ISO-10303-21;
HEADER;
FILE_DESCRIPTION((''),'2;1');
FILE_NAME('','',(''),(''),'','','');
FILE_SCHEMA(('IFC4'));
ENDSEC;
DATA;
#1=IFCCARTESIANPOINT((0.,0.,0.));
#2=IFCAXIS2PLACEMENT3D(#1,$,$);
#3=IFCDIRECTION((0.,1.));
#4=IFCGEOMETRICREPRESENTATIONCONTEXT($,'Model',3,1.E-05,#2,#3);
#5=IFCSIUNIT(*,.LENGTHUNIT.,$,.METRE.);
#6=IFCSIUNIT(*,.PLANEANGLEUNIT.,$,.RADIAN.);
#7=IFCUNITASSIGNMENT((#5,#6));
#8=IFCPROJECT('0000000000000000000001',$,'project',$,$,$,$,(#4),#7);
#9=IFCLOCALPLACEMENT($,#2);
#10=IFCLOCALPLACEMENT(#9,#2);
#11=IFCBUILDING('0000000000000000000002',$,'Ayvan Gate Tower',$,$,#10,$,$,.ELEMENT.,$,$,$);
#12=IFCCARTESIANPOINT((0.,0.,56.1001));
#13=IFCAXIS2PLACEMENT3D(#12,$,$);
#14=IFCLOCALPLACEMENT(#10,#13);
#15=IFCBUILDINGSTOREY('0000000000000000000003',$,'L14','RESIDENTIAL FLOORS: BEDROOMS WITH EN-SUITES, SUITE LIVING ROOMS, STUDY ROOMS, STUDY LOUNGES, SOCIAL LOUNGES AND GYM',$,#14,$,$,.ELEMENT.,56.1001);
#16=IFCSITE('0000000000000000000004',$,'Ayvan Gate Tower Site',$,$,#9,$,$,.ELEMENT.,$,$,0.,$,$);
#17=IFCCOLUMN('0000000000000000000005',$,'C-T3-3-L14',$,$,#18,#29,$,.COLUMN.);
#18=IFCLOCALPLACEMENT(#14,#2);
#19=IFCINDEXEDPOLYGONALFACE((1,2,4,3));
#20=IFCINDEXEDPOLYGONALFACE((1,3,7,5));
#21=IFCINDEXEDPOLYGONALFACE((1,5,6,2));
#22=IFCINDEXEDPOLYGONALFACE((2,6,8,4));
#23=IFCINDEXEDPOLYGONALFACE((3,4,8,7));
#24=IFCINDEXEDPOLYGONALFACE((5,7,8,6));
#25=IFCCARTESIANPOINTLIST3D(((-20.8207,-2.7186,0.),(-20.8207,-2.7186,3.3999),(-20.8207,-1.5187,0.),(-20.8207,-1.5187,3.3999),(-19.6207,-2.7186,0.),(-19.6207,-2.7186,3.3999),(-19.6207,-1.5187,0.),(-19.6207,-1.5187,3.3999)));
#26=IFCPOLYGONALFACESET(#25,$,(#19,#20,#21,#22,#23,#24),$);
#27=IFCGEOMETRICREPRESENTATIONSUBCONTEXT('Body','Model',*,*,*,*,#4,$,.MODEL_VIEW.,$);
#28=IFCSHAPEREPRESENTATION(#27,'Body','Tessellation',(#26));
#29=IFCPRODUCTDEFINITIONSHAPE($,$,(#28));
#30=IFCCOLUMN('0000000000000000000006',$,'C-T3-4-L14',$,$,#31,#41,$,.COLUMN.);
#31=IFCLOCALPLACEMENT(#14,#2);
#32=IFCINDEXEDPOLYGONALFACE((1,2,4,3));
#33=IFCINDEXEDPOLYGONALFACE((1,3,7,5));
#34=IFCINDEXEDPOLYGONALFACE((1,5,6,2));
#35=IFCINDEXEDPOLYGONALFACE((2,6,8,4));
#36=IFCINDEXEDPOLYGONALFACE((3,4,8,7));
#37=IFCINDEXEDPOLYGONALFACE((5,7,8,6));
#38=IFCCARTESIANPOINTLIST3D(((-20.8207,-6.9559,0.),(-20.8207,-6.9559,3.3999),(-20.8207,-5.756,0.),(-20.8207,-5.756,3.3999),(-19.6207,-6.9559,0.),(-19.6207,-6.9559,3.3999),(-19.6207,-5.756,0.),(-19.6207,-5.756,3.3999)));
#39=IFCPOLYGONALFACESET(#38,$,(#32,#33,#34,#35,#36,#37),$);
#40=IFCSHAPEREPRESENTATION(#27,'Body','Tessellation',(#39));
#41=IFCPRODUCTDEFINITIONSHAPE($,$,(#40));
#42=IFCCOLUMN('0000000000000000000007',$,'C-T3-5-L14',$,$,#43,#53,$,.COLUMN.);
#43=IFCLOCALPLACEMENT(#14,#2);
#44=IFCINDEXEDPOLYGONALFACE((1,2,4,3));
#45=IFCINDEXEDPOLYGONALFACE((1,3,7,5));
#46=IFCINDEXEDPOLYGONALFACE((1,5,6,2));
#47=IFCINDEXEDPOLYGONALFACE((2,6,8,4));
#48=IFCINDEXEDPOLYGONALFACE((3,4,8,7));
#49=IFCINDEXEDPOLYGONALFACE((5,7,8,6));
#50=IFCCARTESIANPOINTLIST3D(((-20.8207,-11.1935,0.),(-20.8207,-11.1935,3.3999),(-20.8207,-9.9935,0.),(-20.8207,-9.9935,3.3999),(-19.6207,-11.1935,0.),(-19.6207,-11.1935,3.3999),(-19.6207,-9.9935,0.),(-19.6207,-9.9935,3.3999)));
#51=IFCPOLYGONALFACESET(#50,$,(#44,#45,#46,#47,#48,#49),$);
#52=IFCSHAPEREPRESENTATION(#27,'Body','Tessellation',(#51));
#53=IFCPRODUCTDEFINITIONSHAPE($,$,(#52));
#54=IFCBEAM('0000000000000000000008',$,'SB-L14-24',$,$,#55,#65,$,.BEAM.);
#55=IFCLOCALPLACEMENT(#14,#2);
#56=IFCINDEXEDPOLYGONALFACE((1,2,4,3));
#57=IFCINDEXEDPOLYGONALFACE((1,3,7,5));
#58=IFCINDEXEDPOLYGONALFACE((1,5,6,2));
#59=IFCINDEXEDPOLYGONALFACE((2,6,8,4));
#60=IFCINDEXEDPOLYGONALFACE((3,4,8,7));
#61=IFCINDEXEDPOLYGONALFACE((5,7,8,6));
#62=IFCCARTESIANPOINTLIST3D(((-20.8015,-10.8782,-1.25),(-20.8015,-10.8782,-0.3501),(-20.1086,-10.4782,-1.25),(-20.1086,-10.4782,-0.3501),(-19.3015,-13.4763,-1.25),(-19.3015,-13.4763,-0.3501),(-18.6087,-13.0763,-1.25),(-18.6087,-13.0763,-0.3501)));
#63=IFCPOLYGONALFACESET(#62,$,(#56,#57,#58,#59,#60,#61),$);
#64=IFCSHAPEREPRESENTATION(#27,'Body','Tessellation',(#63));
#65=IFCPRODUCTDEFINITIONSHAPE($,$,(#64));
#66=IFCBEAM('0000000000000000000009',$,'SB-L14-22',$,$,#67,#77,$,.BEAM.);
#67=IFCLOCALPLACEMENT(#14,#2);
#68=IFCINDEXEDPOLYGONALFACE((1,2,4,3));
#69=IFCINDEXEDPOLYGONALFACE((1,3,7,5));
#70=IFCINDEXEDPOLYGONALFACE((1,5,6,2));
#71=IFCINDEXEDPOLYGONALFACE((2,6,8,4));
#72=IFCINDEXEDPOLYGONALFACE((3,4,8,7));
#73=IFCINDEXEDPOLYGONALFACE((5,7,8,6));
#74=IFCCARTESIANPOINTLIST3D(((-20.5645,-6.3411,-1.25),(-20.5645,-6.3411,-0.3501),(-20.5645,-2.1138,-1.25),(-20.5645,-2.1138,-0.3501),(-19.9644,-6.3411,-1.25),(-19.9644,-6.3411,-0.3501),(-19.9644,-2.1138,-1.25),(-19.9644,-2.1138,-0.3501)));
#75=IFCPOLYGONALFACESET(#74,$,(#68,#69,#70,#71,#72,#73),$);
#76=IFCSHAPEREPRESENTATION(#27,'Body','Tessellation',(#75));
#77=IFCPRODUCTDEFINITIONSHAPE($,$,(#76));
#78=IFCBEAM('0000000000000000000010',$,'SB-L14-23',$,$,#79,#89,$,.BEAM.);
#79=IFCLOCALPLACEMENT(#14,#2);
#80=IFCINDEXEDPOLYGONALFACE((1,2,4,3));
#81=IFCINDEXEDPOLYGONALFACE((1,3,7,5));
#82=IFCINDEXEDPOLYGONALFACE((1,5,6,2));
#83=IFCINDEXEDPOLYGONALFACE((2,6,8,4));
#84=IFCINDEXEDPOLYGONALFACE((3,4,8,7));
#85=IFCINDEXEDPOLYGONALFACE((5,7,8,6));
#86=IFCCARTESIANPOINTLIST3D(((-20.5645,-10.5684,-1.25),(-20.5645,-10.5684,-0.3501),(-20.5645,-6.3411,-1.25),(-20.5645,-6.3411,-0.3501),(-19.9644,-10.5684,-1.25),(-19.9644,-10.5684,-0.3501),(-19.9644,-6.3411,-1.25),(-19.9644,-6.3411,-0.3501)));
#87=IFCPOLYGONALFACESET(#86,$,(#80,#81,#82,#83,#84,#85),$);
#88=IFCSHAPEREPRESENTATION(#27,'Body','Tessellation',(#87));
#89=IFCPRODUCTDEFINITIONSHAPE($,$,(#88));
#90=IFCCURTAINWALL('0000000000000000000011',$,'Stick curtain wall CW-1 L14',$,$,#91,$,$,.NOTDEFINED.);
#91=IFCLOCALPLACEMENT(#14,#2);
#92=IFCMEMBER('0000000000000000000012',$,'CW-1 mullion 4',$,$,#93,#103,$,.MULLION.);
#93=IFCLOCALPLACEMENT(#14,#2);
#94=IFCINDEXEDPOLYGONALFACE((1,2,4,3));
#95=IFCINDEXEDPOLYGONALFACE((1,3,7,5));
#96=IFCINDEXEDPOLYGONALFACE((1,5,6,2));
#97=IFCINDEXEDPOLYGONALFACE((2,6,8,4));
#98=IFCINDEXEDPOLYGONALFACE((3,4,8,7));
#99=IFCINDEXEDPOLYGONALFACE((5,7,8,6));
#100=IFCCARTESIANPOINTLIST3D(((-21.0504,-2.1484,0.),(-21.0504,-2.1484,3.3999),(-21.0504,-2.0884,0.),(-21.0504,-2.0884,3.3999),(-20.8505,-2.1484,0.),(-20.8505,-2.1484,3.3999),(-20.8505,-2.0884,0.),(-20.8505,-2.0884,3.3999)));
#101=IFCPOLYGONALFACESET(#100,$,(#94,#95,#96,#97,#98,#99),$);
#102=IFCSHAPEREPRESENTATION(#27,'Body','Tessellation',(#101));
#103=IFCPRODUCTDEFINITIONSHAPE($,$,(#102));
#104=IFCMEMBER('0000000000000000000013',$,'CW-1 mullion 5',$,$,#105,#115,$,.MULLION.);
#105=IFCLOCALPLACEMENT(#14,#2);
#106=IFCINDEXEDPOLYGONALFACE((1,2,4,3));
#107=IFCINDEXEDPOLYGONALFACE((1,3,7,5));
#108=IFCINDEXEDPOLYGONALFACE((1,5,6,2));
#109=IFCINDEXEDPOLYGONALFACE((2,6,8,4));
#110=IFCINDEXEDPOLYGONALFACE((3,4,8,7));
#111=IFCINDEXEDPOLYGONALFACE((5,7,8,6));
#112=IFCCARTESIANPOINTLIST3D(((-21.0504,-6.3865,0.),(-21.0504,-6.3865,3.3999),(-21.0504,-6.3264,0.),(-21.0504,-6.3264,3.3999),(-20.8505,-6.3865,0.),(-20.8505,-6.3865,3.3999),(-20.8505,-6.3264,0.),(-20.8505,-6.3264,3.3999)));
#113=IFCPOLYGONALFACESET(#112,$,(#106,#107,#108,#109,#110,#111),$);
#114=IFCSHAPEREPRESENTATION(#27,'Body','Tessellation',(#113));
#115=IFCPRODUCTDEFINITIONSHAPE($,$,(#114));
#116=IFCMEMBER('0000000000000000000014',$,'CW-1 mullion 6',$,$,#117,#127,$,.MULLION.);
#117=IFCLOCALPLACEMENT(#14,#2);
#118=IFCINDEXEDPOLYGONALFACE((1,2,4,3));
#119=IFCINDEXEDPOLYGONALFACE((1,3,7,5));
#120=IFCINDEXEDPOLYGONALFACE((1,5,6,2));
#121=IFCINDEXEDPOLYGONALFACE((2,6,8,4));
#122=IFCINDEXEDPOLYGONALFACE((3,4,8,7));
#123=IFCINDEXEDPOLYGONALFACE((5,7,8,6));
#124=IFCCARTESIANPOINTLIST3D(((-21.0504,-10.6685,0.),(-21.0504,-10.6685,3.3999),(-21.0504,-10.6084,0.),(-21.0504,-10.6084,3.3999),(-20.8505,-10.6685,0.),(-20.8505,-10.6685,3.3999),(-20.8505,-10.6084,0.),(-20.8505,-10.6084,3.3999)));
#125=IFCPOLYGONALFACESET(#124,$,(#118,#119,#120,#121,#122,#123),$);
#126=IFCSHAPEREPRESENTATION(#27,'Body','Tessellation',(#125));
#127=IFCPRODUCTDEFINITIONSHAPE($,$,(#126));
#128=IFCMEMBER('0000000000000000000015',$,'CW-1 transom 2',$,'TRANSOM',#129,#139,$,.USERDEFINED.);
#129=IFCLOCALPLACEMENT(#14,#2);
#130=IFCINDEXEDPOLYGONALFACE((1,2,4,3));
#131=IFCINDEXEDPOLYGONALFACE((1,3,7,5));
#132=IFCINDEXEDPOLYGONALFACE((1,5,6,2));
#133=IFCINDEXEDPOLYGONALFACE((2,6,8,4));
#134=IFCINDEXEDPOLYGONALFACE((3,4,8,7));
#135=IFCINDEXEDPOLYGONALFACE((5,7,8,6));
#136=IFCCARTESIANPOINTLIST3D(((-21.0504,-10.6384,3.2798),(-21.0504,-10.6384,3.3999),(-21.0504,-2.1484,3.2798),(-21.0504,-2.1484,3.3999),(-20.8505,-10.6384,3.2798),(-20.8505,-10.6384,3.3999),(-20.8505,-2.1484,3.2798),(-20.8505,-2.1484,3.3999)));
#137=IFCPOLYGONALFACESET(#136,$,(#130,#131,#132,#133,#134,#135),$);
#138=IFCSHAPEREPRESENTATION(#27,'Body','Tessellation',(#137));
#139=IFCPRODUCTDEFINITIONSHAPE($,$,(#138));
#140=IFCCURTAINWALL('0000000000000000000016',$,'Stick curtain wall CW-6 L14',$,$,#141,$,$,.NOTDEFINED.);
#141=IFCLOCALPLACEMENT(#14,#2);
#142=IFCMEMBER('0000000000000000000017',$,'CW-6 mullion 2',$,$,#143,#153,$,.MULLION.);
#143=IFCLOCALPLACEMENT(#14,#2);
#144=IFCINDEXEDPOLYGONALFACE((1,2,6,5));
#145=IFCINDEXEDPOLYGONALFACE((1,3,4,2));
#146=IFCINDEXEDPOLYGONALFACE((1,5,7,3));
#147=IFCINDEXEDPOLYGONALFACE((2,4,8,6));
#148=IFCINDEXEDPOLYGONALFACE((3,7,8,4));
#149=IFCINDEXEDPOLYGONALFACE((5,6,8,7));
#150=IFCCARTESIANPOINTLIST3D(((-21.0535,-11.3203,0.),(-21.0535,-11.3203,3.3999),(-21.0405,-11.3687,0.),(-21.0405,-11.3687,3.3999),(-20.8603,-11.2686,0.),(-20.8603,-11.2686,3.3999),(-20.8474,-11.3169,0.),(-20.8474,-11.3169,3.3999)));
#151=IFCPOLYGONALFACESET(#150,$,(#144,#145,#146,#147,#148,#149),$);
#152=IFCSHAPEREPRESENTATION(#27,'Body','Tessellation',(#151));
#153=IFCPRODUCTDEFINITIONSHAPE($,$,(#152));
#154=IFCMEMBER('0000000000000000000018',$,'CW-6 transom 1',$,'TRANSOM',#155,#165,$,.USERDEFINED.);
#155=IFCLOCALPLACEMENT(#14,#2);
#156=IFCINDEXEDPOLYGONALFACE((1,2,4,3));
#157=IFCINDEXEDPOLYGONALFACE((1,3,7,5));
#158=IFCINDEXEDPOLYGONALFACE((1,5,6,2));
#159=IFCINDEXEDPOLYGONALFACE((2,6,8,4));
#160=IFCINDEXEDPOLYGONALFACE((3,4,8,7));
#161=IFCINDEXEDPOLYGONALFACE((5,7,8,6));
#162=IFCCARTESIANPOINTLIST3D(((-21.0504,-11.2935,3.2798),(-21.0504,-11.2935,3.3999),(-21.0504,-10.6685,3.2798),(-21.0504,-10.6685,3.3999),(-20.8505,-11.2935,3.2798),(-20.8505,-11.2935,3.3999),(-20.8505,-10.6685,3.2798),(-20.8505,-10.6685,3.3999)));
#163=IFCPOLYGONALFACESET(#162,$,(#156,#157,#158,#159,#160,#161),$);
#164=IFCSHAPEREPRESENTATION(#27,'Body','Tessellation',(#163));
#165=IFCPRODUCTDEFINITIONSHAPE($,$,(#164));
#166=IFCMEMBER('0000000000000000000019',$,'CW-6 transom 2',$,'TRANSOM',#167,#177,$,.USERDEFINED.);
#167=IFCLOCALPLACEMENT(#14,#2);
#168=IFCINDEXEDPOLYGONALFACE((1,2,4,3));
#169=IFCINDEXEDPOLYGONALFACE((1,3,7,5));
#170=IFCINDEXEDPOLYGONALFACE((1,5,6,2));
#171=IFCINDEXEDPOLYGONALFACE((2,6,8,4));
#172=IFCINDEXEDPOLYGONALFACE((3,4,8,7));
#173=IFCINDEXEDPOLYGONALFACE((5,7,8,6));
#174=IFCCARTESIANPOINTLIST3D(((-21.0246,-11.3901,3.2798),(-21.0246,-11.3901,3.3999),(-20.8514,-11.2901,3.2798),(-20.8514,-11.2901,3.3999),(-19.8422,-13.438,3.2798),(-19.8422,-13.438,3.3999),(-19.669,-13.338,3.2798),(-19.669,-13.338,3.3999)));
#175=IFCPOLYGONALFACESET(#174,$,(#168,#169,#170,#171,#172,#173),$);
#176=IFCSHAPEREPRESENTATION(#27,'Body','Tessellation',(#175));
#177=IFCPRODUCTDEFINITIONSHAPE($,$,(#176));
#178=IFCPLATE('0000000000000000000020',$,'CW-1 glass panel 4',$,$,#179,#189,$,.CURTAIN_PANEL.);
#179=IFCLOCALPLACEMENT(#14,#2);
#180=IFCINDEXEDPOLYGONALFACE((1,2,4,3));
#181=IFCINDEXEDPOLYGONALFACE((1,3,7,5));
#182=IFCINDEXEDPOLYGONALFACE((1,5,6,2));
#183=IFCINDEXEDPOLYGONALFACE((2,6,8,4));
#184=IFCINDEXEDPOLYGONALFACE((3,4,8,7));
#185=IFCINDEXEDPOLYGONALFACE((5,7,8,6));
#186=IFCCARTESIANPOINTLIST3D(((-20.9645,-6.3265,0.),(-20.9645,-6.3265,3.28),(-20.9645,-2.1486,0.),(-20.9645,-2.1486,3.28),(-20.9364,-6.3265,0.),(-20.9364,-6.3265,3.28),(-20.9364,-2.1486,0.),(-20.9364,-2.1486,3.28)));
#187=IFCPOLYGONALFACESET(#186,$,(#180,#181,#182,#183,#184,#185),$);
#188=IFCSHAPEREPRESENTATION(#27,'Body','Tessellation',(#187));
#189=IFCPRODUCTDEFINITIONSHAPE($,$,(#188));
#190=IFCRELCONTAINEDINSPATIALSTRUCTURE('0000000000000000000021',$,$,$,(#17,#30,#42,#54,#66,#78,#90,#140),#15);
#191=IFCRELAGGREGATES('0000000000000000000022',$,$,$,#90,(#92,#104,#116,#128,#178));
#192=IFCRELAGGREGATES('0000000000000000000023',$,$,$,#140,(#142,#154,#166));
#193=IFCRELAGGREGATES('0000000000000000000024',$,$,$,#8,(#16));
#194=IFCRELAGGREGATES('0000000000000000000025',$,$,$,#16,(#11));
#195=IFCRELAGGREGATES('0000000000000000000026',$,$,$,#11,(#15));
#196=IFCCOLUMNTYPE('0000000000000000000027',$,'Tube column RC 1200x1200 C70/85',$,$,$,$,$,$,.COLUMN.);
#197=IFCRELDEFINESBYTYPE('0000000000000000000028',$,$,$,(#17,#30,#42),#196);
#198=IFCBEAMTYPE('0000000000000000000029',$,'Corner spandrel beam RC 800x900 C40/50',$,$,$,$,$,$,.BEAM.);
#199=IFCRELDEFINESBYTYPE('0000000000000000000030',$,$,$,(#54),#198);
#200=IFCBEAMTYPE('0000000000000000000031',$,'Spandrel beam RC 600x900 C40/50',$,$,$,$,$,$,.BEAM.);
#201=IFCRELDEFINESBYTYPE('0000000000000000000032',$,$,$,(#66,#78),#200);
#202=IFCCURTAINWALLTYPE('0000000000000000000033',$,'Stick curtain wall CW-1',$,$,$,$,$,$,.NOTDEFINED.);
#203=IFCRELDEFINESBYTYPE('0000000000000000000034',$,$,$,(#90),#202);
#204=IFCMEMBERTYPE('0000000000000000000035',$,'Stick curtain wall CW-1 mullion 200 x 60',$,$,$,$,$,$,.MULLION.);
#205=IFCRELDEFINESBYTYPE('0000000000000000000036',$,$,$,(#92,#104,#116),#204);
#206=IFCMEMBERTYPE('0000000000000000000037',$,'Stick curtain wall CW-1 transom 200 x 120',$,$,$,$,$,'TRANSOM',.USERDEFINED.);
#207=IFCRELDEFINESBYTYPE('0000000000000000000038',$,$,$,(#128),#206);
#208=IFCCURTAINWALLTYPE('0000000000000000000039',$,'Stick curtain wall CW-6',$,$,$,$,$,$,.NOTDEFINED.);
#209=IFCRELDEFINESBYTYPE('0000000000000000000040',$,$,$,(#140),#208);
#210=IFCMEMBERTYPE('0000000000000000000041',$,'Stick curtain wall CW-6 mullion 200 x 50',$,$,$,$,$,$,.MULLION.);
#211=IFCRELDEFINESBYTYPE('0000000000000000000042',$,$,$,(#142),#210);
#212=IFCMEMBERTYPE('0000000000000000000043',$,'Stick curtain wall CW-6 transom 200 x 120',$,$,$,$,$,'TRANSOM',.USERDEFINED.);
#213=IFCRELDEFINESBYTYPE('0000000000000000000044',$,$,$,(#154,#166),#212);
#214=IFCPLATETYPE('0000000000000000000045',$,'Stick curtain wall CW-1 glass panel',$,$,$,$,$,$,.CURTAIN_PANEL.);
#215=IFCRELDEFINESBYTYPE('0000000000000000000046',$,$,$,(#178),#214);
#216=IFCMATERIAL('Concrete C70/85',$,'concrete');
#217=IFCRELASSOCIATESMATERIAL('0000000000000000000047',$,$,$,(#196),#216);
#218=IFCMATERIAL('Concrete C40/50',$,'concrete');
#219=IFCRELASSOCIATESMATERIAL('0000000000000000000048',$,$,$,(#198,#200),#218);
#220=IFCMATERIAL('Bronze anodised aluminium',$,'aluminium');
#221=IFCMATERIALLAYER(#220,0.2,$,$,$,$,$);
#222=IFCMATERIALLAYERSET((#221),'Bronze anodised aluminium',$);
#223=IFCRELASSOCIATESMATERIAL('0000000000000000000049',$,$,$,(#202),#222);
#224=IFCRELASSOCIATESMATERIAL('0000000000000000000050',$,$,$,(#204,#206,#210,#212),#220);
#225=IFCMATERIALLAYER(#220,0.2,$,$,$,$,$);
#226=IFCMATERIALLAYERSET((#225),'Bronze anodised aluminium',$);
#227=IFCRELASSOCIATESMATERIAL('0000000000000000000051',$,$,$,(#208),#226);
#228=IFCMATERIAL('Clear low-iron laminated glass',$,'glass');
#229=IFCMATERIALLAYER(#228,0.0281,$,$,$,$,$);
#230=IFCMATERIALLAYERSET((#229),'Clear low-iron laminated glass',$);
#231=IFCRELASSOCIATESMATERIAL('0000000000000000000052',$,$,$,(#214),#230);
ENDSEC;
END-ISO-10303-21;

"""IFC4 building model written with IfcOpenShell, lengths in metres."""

from ifc_helpers import new_model, si_unit, direction, frame, origin, origin_2d, place, context, subcontext, project, spatial, rectangle, extrude, material, layer, layer_set, material_profile, profile_set, type_object, element, aggregate, save


model = new_model("IFC4")

# Units and contexts
model_context = context("Model", 3, precision=1e-05, world=origin(), true_north=direction((0.0, 1.0)))
body_context = subcontext(model_context, "Body", "Model", "MODEL_VIEW")
ifc_project = project(units=[si_unit("LENGTHUNIT", "METRE"), si_unit("PLANEANGLEUNIT", "RADIAN")], contexts=[model_context])

# Site, building, storey
site_placement = place(None, origin())
site = spatial("IfcSite", under=ifc_project, at=site_placement, Name="Ayvan Gate Tower Site", CompositionType="ELEMENT", RefElevation=0.0)
building_placement = place(site_placement, origin())
building = spatial("IfcBuilding", under=site, at=building_placement, Name="Ayvan Gate Tower", CompositionType="ELEMENT")
storey_placement = place(building_placement, frame((0.0, 0.0, 56.1001)))
storey = spatial("IfcBuildingStorey", under=building, at=storey_placement, Name="L14", Description="RESIDENTIAL FLOORS: BEDROOMS WITH EN-SUITES, SUITE LIVING ROOMS, STUDY ROOMS, STUDY LOUNGES, SOCIAL LOUNGES AND GYM", CompositionType="ELEMENT", Elevation=56.1001)

# Columns
ifc_material_1 = material(Name="Concrete C70/85", Category="concrete")
ifc_material_profile_1 = material_profile(ifc_material_1, rectangle(XDim=1.2, YDim=1.2, at=origin_2d()), Name="RC 1200x1200")
ifc_profile_set_1 = profile_set([ifc_material_profile_1], Name="Concrete C70/85")
column_type = type_object("IfcColumnType", Name="Tube column RC 1200x1200 C70/85", PredefinedType="COLUMN", material=ifc_profile_set_1)
for number, where, z_axis, x_axis, name in (
    (1, (-20.2207, -2.1187, 0.0), (0.0, 0.0, 1.0), (-1.0, 0.0, 0.0), "C-T3-3-L14"),
    (2, (-20.2207, -6.356, 0.0), (0.0, 0.0, 1.0), (-1.0, 0.0, 0.0), "C-T3-4-L14"),
    (3, (-20.2207, -10.5935, 0.0), (0.0, 0.0, 1.0), (-1.0, 0.0, 0.0), "C-T3-5-L14"),
):
    element("IfcColumn", number, at=place(storey_placement, frame(where, z_axis=z_axis, x_axis=x_axis)), inside=storey, type_object=column_type, Name=name, PredefinedType="COLUMN", context=body_context, shape_type="SweptSolid", body=[
        extrude(rectangle(XDim=1.2, YDim=1.2, at=origin_2d()), origin(), (0.0, 0.0, 1.0), 3.3999),
    ])

# Beams
ifc_material_2 = material(Name="Concrete C40/50", Category="concrete")
ifc_material_profile_2 = material_profile(ifc_material_2, rectangle(XDim=0.8, YDim=0.8999, at=origin_2d()), Name="RC 800x900")
ifc_profile_set_2 = profile_set([ifc_material_profile_2], Name="Concrete C40/50")
beam_type_1 = type_object("IfcBeamType", Name="Corner spandrel beam RC 800x900 C40/50", PredefinedType="BEAM", material=ifc_profile_set_2)
beam_placement = place(storey_placement, frame((-20.4551, -10.6782, -0.8), z_axis=(0.49999, -0.866031, 0.0), x_axis=(0.866031, 0.49999, 0.0)))
element("IfcBeam", 4, at=beam_placement, inside=storey, type_object=beam_type_1, Name="SB-L14-24", PredefinedType="BEAM", context=body_context, shape_type="SweptSolid", body=[
    extrude(rectangle(XDim=0.8, YDim=0.8999, at=origin_2d()), origin(), (0.0, 0.0, 1.0), 3.0),
])
ifc_material_profile_3 = material_profile(ifc_material_2, rectangle(XDim=0.6001, YDim=0.8999, at=origin_2d()), Name="RC 600x900")
ifc_profile_set_3 = profile_set([ifc_material_profile_3], Name="Concrete C40/50")
beam_type_2 = type_object("IfcBeamType", Name="Spandrel beam RC 600x900 C40/50", PredefinedType="BEAM", material=ifc_profile_set_3)
for number, where, z_axis, x_axis, name in (
    (5, (-20.2644, -2.1138, -0.8), (0.0, -1.0, 0.0), (1.0, 0.0, 0.0), "SB-L14-22"),
    (6, (-20.2644, -6.3411, -0.8), (0.0, -1.0, 0.0), (1.0, 0.0, 0.0), "SB-L14-23"),
):
    element("IfcBeam", number, at=place(storey_placement, frame(where, z_axis=z_axis, x_axis=x_axis)), inside=storey, type_object=beam_type_2, Name=name, PredefinedType="BEAM", context=body_context, shape_type="SweptSolid", body=[
        extrude(rectangle(XDim=0.6001, YDim=0.8999, at=origin_2d()), origin(), (0.0, 0.0, 1.0), 4.2273),
    ])

# Curtain walls, members
ifc_material_3 = material(Name="Bronze anodised aluminium", Category="aluminium")
ifc_layer_1 = layer(ifc_material_3, 0.2)
ifc_layer_set_1 = layer_set([ifc_layer_1], Name="Bronze anodised aluminium")
curtain_wall_type_1 = type_object("IfcCurtainWallType", Name="Stick curtain wall CW-1", PredefinedType="NOTDEFINED", material=ifc_layer_set_1)
curtain_wall_1_placement = place(storey_placement, origin())
curtain_wall_1 = element("IfcCurtainWall", 7, at=curtain_wall_1_placement, inside=storey, type_object=curtain_wall_type_1, Name="Stick curtain wall CW-1 L14", PredefinedType="NOTDEFINED")
ifc_material_profile_4 = material_profile(ifc_material_3, rectangle(XDim=0.2, YDim=0.0601, at=origin_2d()), Name="Stick curtain wall CW-1 mullion 200 x 60")
ifc_profile_set_4 = profile_set([ifc_material_profile_4], Name="Bronze anodised aluminium")
member_type_1 = type_object("IfcMemberType", Name="Stick curtain wall CW-1 mullion 200 x 60", PredefinedType="MULLION", material=ifc_profile_set_4)
member_1_placement = place(storey_placement, frame((-20.9504, -2.1184, 0.0), z_axis=(0.0, 0.0, 1.0), x_axis=(-1.0, 0.0, 0.0)))
member_1 = element("IfcMember", 8, at=member_1_placement, type_object=member_type_1, Name="CW-1 mullion 4", PredefinedType="MULLION", context=body_context, shape_type="SweptSolid", body=[
    extrude(rectangle(XDim=0.2, YDim=0.0601, at=origin_2d()), origin(), (0.0, 0.0, 1.0), 3.3999),
])
member_2_placement = place(storey_placement, frame((-20.9504, -6.3564, 0.0), z_axis=(0.0, 0.0, 1.0), x_axis=(-1.0, 0.0, 0.0)))
member_2 = element("IfcMember", 9, at=member_2_placement, type_object=member_type_1, Name="CW-1 mullion 5", PredefinedType="MULLION", context=body_context, shape_type="SweptSolid", body=[
    extrude(rectangle(XDim=0.2, YDim=0.0601, at=origin_2d()), origin(), (0.0, 0.0, 1.0), 3.3999),
])
member_3_placement = place(storey_placement, frame((-20.9504, -10.6384, 0.0), z_axis=(0.0, 0.0, 1.0), x_axis=(-1.0, 0.0, 0.0)))
member_3 = element("IfcMember", 10, at=member_3_placement, type_object=member_type_1, Name="CW-1 mullion 6", PredefinedType="MULLION", context=body_context, shape_type="SweptSolid", body=[
    extrude(rectangle(XDim=0.2, YDim=0.0601, at=origin_2d()), origin(), (0.0, 0.0, 1.0), 3.3999),
])
ifc_material_profile_5 = material_profile(ifc_material_3, rectangle(XDim=0.2, YDim=0.1201, at=origin_2d()), Name="Stick curtain wall CW-1 transom 200 x 120")
ifc_profile_set_5 = profile_set([ifc_material_profile_5], Name="Bronze anodised aluminium")
member_type_2 = type_object("IfcMemberType", Name="Stick curtain wall CW-1 transom 200 x 120", ElementType="TRANSOM", PredefinedType="USERDEFINED", material=ifc_profile_set_5)
member_4_placement = place(storey_placement, frame((-20.9504, -2.1484, 3.3398), z_axis=(0.0, -1.0, 0.0), x_axis=(1.0, 0.0, 0.0)))
member_4 = element("IfcMember", 11, at=member_4_placement, type_object=member_type_2, Name="CW-1 transom 2", ObjectType="TRANSOM", PredefinedType="USERDEFINED", context=body_context, shape_type="SweptSolid", body=[
    extrude(rectangle(XDim=0.2, YDim=0.1201, at=origin_2d()), origin(), (0.0, 0.0, 1.0), 8.49),
])
ifc_layer_2 = layer(ifc_material_3, 0.2)
ifc_layer_set_2 = layer_set([ifc_layer_2], Name="Bronze anodised aluminium")
curtain_wall_type_2 = type_object("IfcCurtainWallType", Name="Stick curtain wall CW-6", PredefinedType="NOTDEFINED", material=ifc_layer_set_2)
curtain_wall_2_placement = place(storey_placement, origin())
curtain_wall_2 = element("IfcCurtainWall", 12, at=curtain_wall_2_placement, inside=storey, type_object=curtain_wall_type_2, Name="Stick curtain wall CW-6 L14", PredefinedType="NOTDEFINED")
ifc_material_profile_6 = material_profile(ifc_material_3, rectangle(XDim=0.2, YDim=0.05, at=origin_2d()), Name="Stick curtain wall CW-6 mullion 200 x 50")
ifc_profile_set_6 = profile_set([ifc_material_profile_6], Name="Bronze anodised aluminium")
member_type_3 = type_object("IfcMemberType", Name="Stick curtain wall CW-6 mullion 200 x 50", PredefinedType="MULLION", material=ifc_profile_set_6)
member_5_placement = place(storey_placement, frame((-20.9504, -11.3186, 0.0), z_axis=(0.0, 0.0, 1.0), x_axis=(-0.965926, -0.258819, 0.0)))
member_5 = element("IfcMember", 13, at=member_5_placement, type_object=member_type_3, Name="CW-6 mullion 2", PredefinedType="MULLION", context=body_context, shape_type="SweptSolid", body=[
    extrude(rectangle(XDim=0.2, YDim=0.05, at=origin_2d()), origin(), (0.0, 0.0, 1.0), 3.3999),
])
ifc_material_profile_7 = material_profile(ifc_material_3, rectangle(XDim=0.2, YDim=0.1201, at=origin_2d()), Name="Stick curtain wall CW-6 transom 200 x 120")
ifc_profile_set_7 = profile_set([ifc_material_profile_7], Name="Bronze anodised aluminium")
member_type_4 = type_object("IfcMemberType", Name="Stick curtain wall CW-6 transom 200 x 120", ElementType="TRANSOM", PredefinedType="USERDEFINED", material=ifc_profile_set_7)
member_6_placement = place(storey_placement, frame((-20.9504, -10.6685, 3.3398), z_axis=(0.0, -1.0, 0.0), x_axis=(1.0, 0.0, 0.0)))
member_6 = element("IfcMember", 14, at=member_6_placement, type_object=member_type_4, Name="CW-6 transom 1", ObjectType="TRANSOM", PredefinedType="USERDEFINED", context=body_context, shape_type="SweptSolid", body=[
    extrude(rectangle(XDim=0.2, YDim=0.1201, at=origin_2d()), origin(), (0.0, 0.0, 1.0), 0.625),
])
member_7_placement = place(storey_placement, frame((-20.938, -11.3401, 3.3398), z_axis=(0.500014, -0.866017, 0.0), x_axis=(0.866017, 0.500014, 0.0)))
member_7 = element("IfcMember", 15, at=member_7_placement, type_object=member_type_4, Name="CW-6 transom 2", ObjectType="TRANSOM", PredefinedType="USERDEFINED", context=body_context, shape_type="SweptSolid", body=[
    extrude(rectangle(XDim=0.2, YDim=0.1201, at=origin_2d()), origin(), (0.0, 0.0, 1.0), 2.3647),
])

# Plate
ifc_material_4 = material(Name="Clear low-iron laminated glass", Category="glass")
ifc_layer_3 = layer(ifc_material_4, 0.0281)
ifc_layer_set_3 = layer_set([ifc_layer_3], Name="Clear low-iron laminated glass")
plate_type_1 = type_object("IfcPlateType", Name="Stick curtain wall CW-1 glass panel", PredefinedType="CURTAIN_PANEL", material=ifc_layer_set_3)
plate_1_placement = place(storey_placement, frame((-20.9504, -4.2375, 0.0), z_axis=(0.0, 0.0, 1.0), x_axis=(0.0, -1.0, 0.0)))
plate_1 = element("IfcPlate", 16, at=plate_1_placement, type_object=plate_type_1, Name="CW-1 glass panel 4", PredefinedType="CURTAIN_PANEL", context=body_context, shape_type="SweptSolid", body=[
    extrude(rectangle(XDim=4.178, YDim=0.0281, at=origin_2d()), origin(), (0.0, 0.0, 1.0), 3.28),
])
aggregate(curtain_wall_1, [member_1, member_2, member_3, member_4, plate_1])
aggregate(curtain_wall_2, [member_5, member_6, member_7])

save(model, "model.ifc")
